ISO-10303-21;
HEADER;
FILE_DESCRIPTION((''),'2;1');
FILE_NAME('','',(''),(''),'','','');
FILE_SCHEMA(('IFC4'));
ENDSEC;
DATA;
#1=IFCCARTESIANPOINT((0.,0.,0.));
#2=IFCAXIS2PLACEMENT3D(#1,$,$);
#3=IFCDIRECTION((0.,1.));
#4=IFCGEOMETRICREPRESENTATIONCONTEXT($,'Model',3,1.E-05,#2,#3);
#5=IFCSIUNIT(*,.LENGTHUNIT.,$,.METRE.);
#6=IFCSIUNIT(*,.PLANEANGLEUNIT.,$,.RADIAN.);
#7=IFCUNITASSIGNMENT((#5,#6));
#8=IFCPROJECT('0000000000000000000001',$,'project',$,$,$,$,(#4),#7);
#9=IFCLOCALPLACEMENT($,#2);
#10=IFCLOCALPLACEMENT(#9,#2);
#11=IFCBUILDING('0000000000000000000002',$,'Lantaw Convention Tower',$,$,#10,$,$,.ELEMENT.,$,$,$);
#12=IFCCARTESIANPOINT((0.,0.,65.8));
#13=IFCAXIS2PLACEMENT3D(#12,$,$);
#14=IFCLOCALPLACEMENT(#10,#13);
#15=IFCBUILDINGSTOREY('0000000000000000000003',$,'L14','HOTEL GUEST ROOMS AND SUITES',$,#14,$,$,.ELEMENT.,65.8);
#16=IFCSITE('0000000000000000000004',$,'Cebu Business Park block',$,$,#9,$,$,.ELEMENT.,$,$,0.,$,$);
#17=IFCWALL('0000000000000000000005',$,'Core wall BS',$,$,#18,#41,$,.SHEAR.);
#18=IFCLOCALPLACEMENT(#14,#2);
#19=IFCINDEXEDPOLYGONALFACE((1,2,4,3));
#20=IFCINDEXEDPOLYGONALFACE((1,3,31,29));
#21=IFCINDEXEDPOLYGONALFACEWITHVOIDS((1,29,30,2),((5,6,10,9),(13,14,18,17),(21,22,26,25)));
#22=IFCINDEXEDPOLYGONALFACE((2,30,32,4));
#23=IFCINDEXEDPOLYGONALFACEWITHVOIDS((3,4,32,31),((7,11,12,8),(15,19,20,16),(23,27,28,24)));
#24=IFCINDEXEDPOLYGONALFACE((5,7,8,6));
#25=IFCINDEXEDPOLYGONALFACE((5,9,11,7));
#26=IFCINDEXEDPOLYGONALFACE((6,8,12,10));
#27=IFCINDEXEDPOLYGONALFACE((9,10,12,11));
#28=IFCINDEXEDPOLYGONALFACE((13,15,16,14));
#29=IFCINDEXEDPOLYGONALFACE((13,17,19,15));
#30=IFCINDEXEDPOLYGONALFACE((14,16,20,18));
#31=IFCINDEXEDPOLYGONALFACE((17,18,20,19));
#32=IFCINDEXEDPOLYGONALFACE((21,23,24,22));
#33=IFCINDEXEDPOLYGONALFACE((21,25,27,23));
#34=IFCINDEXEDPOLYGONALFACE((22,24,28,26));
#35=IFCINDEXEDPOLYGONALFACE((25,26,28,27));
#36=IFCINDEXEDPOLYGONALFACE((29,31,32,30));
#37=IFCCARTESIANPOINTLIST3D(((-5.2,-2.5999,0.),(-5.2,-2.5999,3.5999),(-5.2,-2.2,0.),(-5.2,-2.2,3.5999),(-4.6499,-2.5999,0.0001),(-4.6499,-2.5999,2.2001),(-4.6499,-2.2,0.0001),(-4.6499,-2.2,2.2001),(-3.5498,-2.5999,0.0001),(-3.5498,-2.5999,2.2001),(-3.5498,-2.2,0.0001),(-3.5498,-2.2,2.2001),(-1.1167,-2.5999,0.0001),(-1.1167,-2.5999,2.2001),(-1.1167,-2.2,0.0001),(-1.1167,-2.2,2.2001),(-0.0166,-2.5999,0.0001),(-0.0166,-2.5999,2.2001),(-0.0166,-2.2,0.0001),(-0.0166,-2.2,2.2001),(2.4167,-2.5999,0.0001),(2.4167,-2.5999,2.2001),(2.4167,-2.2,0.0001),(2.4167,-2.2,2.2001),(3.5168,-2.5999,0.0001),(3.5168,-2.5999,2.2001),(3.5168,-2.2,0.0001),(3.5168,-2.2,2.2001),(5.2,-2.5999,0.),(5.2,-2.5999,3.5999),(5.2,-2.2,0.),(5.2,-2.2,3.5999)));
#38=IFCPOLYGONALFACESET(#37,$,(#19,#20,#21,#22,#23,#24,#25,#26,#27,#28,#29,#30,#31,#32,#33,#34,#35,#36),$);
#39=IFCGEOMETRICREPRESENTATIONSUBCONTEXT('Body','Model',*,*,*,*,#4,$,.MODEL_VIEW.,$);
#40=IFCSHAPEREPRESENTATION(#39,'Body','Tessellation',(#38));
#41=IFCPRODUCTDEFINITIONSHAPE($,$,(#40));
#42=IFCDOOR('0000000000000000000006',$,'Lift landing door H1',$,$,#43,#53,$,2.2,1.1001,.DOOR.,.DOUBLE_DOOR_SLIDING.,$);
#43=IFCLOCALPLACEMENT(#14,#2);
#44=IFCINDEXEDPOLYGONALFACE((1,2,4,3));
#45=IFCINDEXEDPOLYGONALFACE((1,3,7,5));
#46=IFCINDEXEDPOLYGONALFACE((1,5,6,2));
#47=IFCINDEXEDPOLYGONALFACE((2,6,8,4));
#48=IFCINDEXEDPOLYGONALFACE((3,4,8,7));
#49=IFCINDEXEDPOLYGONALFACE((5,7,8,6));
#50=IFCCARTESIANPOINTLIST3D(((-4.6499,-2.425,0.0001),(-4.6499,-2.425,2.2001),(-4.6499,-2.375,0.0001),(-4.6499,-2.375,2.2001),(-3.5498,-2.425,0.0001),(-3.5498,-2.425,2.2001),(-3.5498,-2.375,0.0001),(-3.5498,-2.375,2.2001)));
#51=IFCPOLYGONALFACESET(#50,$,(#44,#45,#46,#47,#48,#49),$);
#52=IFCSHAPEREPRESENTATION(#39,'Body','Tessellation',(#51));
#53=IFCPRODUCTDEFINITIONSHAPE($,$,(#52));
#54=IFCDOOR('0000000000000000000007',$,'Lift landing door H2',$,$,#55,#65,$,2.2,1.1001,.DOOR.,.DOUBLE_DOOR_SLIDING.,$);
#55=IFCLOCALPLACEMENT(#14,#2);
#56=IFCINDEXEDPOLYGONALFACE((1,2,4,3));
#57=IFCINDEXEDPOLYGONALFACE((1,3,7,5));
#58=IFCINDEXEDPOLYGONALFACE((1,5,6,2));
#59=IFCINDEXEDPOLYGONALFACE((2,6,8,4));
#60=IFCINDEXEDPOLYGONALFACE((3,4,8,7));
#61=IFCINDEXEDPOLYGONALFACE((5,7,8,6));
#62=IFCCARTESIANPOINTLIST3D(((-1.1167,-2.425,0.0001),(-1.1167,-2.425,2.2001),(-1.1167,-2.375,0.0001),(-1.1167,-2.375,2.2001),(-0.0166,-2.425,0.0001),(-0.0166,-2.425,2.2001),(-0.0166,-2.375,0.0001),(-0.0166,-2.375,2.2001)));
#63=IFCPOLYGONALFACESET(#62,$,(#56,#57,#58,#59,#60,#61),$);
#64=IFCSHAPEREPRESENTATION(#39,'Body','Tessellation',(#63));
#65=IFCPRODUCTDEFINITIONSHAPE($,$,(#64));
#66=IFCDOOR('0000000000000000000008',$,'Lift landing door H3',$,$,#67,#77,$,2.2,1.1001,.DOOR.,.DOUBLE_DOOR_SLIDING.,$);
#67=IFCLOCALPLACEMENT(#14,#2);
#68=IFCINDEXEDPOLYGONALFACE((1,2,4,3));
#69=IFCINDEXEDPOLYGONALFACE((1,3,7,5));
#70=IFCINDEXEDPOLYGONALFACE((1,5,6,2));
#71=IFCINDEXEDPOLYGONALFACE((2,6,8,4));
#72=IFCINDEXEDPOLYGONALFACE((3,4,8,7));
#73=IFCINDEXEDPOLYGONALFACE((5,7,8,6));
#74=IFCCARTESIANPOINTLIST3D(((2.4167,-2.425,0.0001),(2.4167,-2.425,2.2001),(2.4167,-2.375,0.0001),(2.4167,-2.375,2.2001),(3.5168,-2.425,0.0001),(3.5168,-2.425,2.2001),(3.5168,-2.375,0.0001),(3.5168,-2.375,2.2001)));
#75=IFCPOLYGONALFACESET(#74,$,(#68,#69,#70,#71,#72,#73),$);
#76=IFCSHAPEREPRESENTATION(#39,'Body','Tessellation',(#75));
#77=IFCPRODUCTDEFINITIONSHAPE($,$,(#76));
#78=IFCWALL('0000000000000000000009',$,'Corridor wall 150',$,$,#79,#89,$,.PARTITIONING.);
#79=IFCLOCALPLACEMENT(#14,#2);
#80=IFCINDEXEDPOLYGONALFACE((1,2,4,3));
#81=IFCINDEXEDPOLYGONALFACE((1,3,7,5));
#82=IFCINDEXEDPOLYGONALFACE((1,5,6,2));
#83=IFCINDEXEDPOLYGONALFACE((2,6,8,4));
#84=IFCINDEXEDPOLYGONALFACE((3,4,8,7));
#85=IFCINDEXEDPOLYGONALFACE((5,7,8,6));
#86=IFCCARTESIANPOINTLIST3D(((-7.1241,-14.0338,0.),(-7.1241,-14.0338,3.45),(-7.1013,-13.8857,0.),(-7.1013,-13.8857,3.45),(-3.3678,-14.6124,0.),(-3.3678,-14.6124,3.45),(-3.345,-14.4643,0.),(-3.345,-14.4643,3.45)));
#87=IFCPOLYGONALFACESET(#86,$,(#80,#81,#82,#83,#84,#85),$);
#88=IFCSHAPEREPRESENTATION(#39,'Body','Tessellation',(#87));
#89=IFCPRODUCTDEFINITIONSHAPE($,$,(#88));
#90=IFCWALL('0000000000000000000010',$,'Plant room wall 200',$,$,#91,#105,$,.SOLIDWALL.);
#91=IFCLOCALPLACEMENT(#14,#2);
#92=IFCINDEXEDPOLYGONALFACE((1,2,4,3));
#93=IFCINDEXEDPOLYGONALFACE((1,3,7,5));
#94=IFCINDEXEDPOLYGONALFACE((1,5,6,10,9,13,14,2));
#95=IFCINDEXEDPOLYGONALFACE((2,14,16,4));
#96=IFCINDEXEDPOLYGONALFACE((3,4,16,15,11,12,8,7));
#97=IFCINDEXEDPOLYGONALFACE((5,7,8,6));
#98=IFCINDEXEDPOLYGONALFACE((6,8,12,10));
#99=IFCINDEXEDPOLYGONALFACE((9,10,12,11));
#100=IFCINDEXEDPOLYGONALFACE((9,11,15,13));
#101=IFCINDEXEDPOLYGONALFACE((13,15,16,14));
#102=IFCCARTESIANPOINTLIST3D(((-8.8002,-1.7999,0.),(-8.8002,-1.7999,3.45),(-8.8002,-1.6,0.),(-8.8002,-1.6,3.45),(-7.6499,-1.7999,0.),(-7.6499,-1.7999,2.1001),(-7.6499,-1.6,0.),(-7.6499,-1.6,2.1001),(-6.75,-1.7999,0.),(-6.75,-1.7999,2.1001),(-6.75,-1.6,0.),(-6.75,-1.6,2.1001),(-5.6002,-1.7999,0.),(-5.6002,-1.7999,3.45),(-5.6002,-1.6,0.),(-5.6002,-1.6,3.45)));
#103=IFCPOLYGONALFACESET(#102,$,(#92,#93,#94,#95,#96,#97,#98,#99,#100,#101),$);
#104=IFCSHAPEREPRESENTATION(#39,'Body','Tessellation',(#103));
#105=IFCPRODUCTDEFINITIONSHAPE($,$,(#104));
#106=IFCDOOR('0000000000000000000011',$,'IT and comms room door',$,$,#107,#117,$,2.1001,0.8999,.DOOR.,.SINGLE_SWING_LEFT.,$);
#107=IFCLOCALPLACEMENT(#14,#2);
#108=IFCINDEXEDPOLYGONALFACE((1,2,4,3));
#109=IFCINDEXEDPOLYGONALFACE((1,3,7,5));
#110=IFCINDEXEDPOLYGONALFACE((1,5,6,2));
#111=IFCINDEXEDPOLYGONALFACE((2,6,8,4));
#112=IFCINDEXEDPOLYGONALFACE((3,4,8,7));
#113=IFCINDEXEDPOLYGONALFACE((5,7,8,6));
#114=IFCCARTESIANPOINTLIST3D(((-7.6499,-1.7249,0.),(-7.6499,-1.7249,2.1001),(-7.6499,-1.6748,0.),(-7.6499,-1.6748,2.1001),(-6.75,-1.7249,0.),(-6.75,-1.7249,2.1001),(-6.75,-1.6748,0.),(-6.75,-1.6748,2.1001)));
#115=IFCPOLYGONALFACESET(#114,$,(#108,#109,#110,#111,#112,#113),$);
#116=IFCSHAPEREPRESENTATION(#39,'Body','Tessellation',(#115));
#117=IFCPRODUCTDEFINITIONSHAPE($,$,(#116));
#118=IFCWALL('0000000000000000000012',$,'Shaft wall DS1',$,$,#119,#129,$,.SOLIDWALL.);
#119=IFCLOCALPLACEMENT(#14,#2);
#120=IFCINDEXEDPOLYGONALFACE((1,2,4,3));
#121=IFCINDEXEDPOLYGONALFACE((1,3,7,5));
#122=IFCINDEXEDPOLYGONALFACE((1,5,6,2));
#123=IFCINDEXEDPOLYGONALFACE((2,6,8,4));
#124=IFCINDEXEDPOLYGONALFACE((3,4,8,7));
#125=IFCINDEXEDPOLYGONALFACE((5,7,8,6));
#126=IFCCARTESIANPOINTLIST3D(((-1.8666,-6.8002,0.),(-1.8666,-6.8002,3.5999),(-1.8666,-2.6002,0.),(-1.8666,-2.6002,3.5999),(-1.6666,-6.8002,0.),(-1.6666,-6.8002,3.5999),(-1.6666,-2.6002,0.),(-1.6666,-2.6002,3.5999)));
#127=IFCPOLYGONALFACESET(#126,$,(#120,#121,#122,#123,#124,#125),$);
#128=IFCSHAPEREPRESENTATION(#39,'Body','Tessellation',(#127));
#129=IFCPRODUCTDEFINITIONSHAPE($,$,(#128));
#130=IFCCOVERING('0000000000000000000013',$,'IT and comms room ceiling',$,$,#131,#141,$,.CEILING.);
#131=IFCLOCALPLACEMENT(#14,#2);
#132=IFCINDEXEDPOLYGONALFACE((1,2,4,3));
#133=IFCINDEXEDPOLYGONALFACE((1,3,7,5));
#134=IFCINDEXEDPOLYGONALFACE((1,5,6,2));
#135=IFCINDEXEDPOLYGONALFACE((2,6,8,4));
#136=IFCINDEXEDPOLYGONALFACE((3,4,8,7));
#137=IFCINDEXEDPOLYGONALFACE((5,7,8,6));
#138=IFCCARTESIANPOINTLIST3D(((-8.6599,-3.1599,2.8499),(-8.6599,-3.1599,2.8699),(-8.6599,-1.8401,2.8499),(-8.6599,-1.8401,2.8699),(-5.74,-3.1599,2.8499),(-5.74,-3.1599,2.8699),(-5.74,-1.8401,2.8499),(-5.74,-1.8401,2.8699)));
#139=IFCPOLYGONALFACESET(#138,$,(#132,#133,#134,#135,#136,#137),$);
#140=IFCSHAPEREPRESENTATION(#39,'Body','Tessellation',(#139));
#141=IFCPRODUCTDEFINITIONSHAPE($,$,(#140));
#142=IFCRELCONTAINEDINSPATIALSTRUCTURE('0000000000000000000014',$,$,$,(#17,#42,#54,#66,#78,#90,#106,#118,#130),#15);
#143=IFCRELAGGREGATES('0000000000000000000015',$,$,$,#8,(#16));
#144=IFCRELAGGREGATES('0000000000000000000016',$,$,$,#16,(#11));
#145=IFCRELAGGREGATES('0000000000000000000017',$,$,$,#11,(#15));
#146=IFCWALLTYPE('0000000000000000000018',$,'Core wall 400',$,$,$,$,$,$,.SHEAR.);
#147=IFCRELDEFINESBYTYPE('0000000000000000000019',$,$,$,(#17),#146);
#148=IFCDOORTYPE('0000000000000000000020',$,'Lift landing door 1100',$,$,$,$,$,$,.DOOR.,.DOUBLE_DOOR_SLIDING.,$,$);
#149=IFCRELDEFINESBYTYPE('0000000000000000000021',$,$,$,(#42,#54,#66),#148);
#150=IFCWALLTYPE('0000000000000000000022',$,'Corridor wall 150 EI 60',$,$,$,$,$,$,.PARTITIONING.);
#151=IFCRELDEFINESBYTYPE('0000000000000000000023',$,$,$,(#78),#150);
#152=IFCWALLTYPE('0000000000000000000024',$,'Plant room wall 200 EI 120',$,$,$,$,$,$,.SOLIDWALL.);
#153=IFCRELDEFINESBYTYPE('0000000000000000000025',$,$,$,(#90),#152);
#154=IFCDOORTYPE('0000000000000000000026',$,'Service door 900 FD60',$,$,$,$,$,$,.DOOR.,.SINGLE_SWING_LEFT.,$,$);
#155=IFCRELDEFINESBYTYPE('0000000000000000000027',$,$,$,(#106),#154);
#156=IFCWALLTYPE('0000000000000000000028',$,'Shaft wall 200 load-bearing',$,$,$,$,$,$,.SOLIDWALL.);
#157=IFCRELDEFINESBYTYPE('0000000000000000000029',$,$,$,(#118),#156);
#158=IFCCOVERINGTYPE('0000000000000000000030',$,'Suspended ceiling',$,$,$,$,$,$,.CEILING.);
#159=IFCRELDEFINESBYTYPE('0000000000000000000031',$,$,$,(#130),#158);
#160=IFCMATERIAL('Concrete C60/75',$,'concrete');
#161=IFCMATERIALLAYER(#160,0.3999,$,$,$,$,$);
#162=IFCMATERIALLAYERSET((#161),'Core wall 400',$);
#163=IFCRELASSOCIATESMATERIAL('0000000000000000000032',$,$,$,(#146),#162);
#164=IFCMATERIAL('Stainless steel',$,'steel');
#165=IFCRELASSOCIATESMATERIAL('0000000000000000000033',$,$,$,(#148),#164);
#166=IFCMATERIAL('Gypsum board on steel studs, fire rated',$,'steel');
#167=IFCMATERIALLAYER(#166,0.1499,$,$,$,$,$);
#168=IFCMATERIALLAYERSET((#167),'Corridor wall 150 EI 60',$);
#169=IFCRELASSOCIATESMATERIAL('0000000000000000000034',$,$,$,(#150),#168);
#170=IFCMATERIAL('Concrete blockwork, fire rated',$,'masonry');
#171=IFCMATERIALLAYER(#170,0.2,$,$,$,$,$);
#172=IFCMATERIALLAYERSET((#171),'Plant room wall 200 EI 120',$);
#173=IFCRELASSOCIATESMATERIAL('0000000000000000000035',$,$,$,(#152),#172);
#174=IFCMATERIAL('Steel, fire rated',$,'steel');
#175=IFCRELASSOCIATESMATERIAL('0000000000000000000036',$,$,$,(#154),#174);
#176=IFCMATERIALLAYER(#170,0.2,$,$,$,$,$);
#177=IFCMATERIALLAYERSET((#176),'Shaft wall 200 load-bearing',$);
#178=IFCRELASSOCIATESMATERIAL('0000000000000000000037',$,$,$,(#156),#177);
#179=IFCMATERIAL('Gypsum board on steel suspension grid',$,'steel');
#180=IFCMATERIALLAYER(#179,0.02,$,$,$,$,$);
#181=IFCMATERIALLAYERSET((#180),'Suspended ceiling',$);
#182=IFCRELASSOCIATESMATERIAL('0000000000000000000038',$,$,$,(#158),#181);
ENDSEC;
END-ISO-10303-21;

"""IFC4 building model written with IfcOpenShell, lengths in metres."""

from ifc_helpers import new_model, si_unit, direction, frame, frame_2d, origin, place, context, subcontext, project, spatial, polyline, rectangle, outline, extrude, material, layer, layer_set, type_object, element, fill, save


model = new_model("IFC4")

# Units and contexts
model_context = context("Model", 3, precision=1e-05, world=origin(), true_north=direction((0.0, 1.0)))
body_context = subcontext(model_context, "Body", "Model", "MODEL_VIEW")
ifc_project = project(units=[si_unit("LENGTHUNIT", "METRE"), si_unit("PLANEANGLEUNIT", "RADIAN")], contexts=[model_context])

# Site, building, storey
site_placement = place(None, origin())
site = spatial("IfcSite", under=ifc_project, at=site_placement, Name="Cebu Business Park block", CompositionType="ELEMENT", RefElevation=0.0)
building_placement = place(site_placement, origin())
building = spatial("IfcBuilding", under=site, at=building_placement, Name="Lantaw Convention Tower", CompositionType="ELEMENT")
storey_placement = place(building_placement, frame((0.0, 0.0, 65.8)))
storey = spatial("IfcBuildingStorey", under=building, at=storey_placement, Name="L14", Description="HOTEL GUEST ROOMS AND SUITES", CompositionType="ELEMENT", Elevation=65.8)

# Shared definitions
ifc_material_1 = material(Name="Concrete C60/75", Category="concrete")

# Shared definitions
ifc_material_2 = material(Name="Steel, fire rated", Category="steel")

# Wall, openings, doors
ifc_layer_1 = layer(ifc_material_1, 0.3999)
ifc_layer_set_1 = layer_set([ifc_layer_1], Name="Core wall 400")
wall_type_1 = type_object("IfcWallType", Name="Core wall 400", PredefinedType="SHEAR", material=ifc_layer_set_1)
wall_1_placement = place(storey_placement, frame((-5.2, -2.3999, 0.0), z_axis=(0.0, 0.0, 1.0), x_axis=(1.0, 0.0, 0.0)))
wall_1 = element("IfcWall", 1, at=wall_1_placement, inside=storey, type_object=wall_type_1, Name="Core wall BS", PredefinedType="SHEAR", context=body_context, shape_type="SweptSolid", body=[
    extrude(rectangle(XDim=10.3999, YDim=0.3999, at=frame_2d((5.2, 0.0))), origin(), (0.0, 0.0, 1.0), 3.5999),
])
opening_1_placement = place(wall_1_placement, frame((0.55, 0.0, 0.0)))
opening_1 = element("IfcOpeningElement", 2, at=opening_1_placement, cuts=wall_1, PredefinedType="OPENING", context=body_context, shape_type="SweptSolid", body=[
    extrude(rectangle(XDim=1.1001, YDim=2.2, at=frame_2d((0.55, 1.1001))), frame((0.0, 0.21, 0.0), z_axis=(0.0, -1.0, 0.0), x_axis=(1.0, 0.0, 0.0)), (0.0, 0.0, 1.0), 0.4199),
])
opening_2_placement = place(wall_1_placement, frame((4.0833, 0.0, 0.0)))
opening_2 = element("IfcOpeningElement", 3, at=opening_2_placement, cuts=wall_1, PredefinedType="OPENING", context=body_context, shape_type="SweptSolid", body=[
    extrude(rectangle(XDim=1.1001, YDim=2.2, at=frame_2d((0.55, 1.1001))), frame((0.0, 0.21, 0.0), z_axis=(0.0, -1.0, 0.0), x_axis=(1.0, 0.0, 0.0)), (0.0, 0.0, 1.0), 0.4199),
])
opening_3_placement = place(wall_1_placement, frame((7.6167, 0.0, 0.0)))
opening_3 = element("IfcOpeningElement", 4, at=opening_3_placement, cuts=wall_1, PredefinedType="OPENING", context=body_context, shape_type="SweptSolid", body=[
    extrude(rectangle(XDim=1.1001, YDim=2.2, at=frame_2d((0.55, 1.1001))), frame((0.0, 0.21, 0.0), z_axis=(0.0, -1.0, 0.0), x_axis=(1.0, 0.0, 0.0)), (0.0, 0.0, 1.0), 0.4199),
])
ifc_material_3 = material(Name="Stainless steel", Category="steel")
door_type_1 = type_object("IfcDoorType", Name="Lift landing door 1100", OperationType="DOUBLE_DOOR_SLIDING", PredefinedType="DOOR", material=ifc_material_3)
door_1_placement = place(opening_1_placement, origin())
door_1 = element("IfcDoor", 5, at=door_1_placement, inside=storey, type_object=door_type_1, Name="Lift landing door H1", OperationType="DOUBLE_DOOR_SLIDING", OverallHeight=2.2, OverallWidth=1.1001, PredefinedType="DOOR", context=body_context, shape_type="SweptSolid", body=[
    extrude(rectangle(XDim=1.1001, YDim=2.2, at=frame_2d((0.55, 1.1001))), frame((0.0, 0.0249, 0.0), z_axis=(0.0, -1.0, 0.0), x_axis=(1.0, 0.0, 0.0)), (0.0, 0.0, 1.0), 0.05),
])
fill(opening_1, door_1)
door_2_placement = place(opening_2_placement, origin())
door_2 = element("IfcDoor", 6, at=door_2_placement, inside=storey, type_object=door_type_1, Name="Lift landing door H2", OperationType="DOUBLE_DOOR_SLIDING", OverallHeight=2.2, OverallWidth=1.1001, PredefinedType="DOOR", context=body_context, shape_type="SweptSolid", body=[
    extrude(rectangle(XDim=1.1001, YDim=2.2, at=frame_2d((0.55, 1.1001))), frame((0.0, 0.0249, 0.0), z_axis=(0.0, -1.0, 0.0), x_axis=(1.0, 0.0, 0.0)), (0.0, 0.0, 1.0), 0.05),
])
fill(opening_2, door_2)
door_3_placement = place(opening_3_placement, origin())
door_3 = element("IfcDoor", 7, at=door_3_placement, inside=storey, type_object=door_type_1, Name="Lift landing door H3", OperationType="DOUBLE_DOOR_SLIDING", OverallHeight=2.2, OverallWidth=1.1001, PredefinedType="DOOR", context=body_context, shape_type="SweptSolid", body=[
    extrude(rectangle(XDim=1.1001, YDim=2.2, at=frame_2d((0.55, 1.1001))), frame((0.0, 0.0249, 0.0), z_axis=(0.0, -1.0, 0.0), x_axis=(1.0, 0.0, 0.0)), (0.0, 0.0, 1.0), 0.05),
])
fill(opening_3, door_3)

# Wall
ifc_material_4 = material(Name="Gypsum board on steel studs, fire rated", Category="steel")
ifc_layer_2 = layer(ifc_material_4, 0.1499)
ifc_layer_set_2 = layer_set([ifc_layer_2], Name="Corridor wall 150 EI 60")
wall_type_2 = type_object("IfcWallType", Name="Corridor wall 150 EI 60", PredefinedType="PARTITIONING", material=ifc_layer_set_2)
wall_2_placement = place(storey_placement, frame((-7.1128, -13.9597, 0.0), z_axis=(0.0, 0.0, 1.0), x_axis=(0.988343, -0.152241, 0.0)))
element("IfcWall", 8, at=wall_2_placement, inside=storey, type_object=wall_type_2, Name="Corridor wall 150", PredefinedType="PARTITIONING", context=body_context, shape_type="SweptSolid", body=[
    extrude(rectangle(XDim=3.8005, YDim=0.1499, at=frame_2d((1.9004, 0.0))), origin(), (0.0, 0.0, 1.0), 3.45),
])

# Wall, opening, door
ifc_material_5 = material(Name="Concrete blockwork, fire rated", Category="masonry")
ifc_layer_3 = layer(ifc_material_5, 0.2)
ifc_layer_set_3 = layer_set([ifc_layer_3], Name="Plant room wall 200 EI 120")
wall_type_3 = type_object("IfcWallType", Name="Plant room wall 200 EI 120", PredefinedType="SOLIDWALL", material=ifc_layer_set_3)
wall_3_placement = place(storey_placement, frame((-5.6001, -1.7, 0.0), z_axis=(0.0, 0.0, 1.0), x_axis=(-1.0, 0.0, 0.0)))
wall_3 = element("IfcWall", 9, at=wall_3_placement, inside=storey, type_object=wall_type_3, Name="Plant room wall 200", PredefinedType="SOLIDWALL", context=body_context, shape_type="SweptSolid", body=[
    extrude(rectangle(XDim=3.2, YDim=0.2, at=frame_2d((1.6001, 0.0))), origin(), (0.0, 0.0, 1.0), 3.45),
])
opening_4_placement = place(wall_3_placement, frame((1.1499, 0.0, 0.0)))
opening_4 = element("IfcOpeningElement", 10, at=opening_4_placement, cuts=wall_3, PredefinedType="OPENING", context=body_context, shape_type="SweptSolid", body=[
    extrude(rectangle(XDim=0.8999, YDim=2.1001, at=frame_2d((0.45, 1.05))), frame((0.0, 0.1099, 0.0), z_axis=(0.0, -1.0, 0.0), x_axis=(1.0, 0.0, 0.0)), (0.0, 0.0, 1.0), 0.22),
])
door_type_2 = type_object("IfcDoorType", Name="Service door 900 FD60", OperationType="SINGLE_SWING_LEFT", PredefinedType="DOOR", material=ifc_material_2)
door_4_placement = place(opening_4_placement, origin())
door_4 = element("IfcDoor", 11, at=door_4_placement, inside=storey, type_object=door_type_2, Name="IT and comms room door", OperationType="SINGLE_SWING_LEFT", OverallHeight=2.1001, OverallWidth=0.8999, PredefinedType="DOOR", context=body_context, shape_type="SweptSolid", body=[
    extrude(rectangle(XDim=0.8999, YDim=2.1001, at=frame_2d((0.45, 1.05))), frame((0.0, 0.0249, 0.0), z_axis=(0.0, -1.0, 0.0), x_axis=(1.0, 0.0, 0.0)), (0.0, 0.0, 1.0), 0.05),
])
fill(opening_4, door_4)

# Wall
ifc_layer_4 = layer(ifc_material_5, 0.2)
ifc_layer_set_4 = layer_set([ifc_layer_4], Name="Shaft wall 200 load-bearing")
wall_type_4 = type_object("IfcWallType", Name="Shaft wall 200 load-bearing", PredefinedType="SOLIDWALL", material=ifc_layer_set_4)
wall_4_placement = place(storey_placement, frame((-1.7666, -2.6001, 0.0), z_axis=(0.0, 0.0, 1.0), x_axis=(0.0, -1.0, 0.0)))
element("IfcWall", 12, at=wall_4_placement, inside=storey, type_object=wall_type_4, Name="Shaft wall DS1", PredefinedType="SOLIDWALL", context=body_context, shape_type="SweptSolid", body=[
    extrude(rectangle(XDim=4.2, YDim=0.2, at=frame_2d((2.1001, 0.0))), origin(), (0.0, 0.0, 1.0), 3.5999),
])

# Covering
ifc_material_6 = material(Name="Gypsum board on steel suspension grid", Category="steel")
ifc_layer_5 = layer(ifc_material_6, 0.02)
ifc_layer_set_5 = layer_set([ifc_layer_5], Name="Suspended ceiling")
covering_type = type_object("IfcCoveringType", Name="Suspended ceiling", PredefinedType="CEILING", material=ifc_layer_set_5)
covering_placement = place(storey_placement, frame((0.0, 0.0, 2.8499)))
element("IfcCovering", 13, at=covering_placement, inside=storey, type_object=covering_type, Name="IT and comms room ceiling", PredefinedType="CEILING", context=body_context, shape_type="SweptSolid", body=[
    extrude(outline(polyline([(-8.6599, -3.1599), (-5.74, -3.1599), (-5.74, -1.8401), (-8.6599, -1.8401), (-8.6599, -3.1599)])), origin(), (0.0, 0.0, 1.0), 0.02),
])

save(model, "model.ifc")
